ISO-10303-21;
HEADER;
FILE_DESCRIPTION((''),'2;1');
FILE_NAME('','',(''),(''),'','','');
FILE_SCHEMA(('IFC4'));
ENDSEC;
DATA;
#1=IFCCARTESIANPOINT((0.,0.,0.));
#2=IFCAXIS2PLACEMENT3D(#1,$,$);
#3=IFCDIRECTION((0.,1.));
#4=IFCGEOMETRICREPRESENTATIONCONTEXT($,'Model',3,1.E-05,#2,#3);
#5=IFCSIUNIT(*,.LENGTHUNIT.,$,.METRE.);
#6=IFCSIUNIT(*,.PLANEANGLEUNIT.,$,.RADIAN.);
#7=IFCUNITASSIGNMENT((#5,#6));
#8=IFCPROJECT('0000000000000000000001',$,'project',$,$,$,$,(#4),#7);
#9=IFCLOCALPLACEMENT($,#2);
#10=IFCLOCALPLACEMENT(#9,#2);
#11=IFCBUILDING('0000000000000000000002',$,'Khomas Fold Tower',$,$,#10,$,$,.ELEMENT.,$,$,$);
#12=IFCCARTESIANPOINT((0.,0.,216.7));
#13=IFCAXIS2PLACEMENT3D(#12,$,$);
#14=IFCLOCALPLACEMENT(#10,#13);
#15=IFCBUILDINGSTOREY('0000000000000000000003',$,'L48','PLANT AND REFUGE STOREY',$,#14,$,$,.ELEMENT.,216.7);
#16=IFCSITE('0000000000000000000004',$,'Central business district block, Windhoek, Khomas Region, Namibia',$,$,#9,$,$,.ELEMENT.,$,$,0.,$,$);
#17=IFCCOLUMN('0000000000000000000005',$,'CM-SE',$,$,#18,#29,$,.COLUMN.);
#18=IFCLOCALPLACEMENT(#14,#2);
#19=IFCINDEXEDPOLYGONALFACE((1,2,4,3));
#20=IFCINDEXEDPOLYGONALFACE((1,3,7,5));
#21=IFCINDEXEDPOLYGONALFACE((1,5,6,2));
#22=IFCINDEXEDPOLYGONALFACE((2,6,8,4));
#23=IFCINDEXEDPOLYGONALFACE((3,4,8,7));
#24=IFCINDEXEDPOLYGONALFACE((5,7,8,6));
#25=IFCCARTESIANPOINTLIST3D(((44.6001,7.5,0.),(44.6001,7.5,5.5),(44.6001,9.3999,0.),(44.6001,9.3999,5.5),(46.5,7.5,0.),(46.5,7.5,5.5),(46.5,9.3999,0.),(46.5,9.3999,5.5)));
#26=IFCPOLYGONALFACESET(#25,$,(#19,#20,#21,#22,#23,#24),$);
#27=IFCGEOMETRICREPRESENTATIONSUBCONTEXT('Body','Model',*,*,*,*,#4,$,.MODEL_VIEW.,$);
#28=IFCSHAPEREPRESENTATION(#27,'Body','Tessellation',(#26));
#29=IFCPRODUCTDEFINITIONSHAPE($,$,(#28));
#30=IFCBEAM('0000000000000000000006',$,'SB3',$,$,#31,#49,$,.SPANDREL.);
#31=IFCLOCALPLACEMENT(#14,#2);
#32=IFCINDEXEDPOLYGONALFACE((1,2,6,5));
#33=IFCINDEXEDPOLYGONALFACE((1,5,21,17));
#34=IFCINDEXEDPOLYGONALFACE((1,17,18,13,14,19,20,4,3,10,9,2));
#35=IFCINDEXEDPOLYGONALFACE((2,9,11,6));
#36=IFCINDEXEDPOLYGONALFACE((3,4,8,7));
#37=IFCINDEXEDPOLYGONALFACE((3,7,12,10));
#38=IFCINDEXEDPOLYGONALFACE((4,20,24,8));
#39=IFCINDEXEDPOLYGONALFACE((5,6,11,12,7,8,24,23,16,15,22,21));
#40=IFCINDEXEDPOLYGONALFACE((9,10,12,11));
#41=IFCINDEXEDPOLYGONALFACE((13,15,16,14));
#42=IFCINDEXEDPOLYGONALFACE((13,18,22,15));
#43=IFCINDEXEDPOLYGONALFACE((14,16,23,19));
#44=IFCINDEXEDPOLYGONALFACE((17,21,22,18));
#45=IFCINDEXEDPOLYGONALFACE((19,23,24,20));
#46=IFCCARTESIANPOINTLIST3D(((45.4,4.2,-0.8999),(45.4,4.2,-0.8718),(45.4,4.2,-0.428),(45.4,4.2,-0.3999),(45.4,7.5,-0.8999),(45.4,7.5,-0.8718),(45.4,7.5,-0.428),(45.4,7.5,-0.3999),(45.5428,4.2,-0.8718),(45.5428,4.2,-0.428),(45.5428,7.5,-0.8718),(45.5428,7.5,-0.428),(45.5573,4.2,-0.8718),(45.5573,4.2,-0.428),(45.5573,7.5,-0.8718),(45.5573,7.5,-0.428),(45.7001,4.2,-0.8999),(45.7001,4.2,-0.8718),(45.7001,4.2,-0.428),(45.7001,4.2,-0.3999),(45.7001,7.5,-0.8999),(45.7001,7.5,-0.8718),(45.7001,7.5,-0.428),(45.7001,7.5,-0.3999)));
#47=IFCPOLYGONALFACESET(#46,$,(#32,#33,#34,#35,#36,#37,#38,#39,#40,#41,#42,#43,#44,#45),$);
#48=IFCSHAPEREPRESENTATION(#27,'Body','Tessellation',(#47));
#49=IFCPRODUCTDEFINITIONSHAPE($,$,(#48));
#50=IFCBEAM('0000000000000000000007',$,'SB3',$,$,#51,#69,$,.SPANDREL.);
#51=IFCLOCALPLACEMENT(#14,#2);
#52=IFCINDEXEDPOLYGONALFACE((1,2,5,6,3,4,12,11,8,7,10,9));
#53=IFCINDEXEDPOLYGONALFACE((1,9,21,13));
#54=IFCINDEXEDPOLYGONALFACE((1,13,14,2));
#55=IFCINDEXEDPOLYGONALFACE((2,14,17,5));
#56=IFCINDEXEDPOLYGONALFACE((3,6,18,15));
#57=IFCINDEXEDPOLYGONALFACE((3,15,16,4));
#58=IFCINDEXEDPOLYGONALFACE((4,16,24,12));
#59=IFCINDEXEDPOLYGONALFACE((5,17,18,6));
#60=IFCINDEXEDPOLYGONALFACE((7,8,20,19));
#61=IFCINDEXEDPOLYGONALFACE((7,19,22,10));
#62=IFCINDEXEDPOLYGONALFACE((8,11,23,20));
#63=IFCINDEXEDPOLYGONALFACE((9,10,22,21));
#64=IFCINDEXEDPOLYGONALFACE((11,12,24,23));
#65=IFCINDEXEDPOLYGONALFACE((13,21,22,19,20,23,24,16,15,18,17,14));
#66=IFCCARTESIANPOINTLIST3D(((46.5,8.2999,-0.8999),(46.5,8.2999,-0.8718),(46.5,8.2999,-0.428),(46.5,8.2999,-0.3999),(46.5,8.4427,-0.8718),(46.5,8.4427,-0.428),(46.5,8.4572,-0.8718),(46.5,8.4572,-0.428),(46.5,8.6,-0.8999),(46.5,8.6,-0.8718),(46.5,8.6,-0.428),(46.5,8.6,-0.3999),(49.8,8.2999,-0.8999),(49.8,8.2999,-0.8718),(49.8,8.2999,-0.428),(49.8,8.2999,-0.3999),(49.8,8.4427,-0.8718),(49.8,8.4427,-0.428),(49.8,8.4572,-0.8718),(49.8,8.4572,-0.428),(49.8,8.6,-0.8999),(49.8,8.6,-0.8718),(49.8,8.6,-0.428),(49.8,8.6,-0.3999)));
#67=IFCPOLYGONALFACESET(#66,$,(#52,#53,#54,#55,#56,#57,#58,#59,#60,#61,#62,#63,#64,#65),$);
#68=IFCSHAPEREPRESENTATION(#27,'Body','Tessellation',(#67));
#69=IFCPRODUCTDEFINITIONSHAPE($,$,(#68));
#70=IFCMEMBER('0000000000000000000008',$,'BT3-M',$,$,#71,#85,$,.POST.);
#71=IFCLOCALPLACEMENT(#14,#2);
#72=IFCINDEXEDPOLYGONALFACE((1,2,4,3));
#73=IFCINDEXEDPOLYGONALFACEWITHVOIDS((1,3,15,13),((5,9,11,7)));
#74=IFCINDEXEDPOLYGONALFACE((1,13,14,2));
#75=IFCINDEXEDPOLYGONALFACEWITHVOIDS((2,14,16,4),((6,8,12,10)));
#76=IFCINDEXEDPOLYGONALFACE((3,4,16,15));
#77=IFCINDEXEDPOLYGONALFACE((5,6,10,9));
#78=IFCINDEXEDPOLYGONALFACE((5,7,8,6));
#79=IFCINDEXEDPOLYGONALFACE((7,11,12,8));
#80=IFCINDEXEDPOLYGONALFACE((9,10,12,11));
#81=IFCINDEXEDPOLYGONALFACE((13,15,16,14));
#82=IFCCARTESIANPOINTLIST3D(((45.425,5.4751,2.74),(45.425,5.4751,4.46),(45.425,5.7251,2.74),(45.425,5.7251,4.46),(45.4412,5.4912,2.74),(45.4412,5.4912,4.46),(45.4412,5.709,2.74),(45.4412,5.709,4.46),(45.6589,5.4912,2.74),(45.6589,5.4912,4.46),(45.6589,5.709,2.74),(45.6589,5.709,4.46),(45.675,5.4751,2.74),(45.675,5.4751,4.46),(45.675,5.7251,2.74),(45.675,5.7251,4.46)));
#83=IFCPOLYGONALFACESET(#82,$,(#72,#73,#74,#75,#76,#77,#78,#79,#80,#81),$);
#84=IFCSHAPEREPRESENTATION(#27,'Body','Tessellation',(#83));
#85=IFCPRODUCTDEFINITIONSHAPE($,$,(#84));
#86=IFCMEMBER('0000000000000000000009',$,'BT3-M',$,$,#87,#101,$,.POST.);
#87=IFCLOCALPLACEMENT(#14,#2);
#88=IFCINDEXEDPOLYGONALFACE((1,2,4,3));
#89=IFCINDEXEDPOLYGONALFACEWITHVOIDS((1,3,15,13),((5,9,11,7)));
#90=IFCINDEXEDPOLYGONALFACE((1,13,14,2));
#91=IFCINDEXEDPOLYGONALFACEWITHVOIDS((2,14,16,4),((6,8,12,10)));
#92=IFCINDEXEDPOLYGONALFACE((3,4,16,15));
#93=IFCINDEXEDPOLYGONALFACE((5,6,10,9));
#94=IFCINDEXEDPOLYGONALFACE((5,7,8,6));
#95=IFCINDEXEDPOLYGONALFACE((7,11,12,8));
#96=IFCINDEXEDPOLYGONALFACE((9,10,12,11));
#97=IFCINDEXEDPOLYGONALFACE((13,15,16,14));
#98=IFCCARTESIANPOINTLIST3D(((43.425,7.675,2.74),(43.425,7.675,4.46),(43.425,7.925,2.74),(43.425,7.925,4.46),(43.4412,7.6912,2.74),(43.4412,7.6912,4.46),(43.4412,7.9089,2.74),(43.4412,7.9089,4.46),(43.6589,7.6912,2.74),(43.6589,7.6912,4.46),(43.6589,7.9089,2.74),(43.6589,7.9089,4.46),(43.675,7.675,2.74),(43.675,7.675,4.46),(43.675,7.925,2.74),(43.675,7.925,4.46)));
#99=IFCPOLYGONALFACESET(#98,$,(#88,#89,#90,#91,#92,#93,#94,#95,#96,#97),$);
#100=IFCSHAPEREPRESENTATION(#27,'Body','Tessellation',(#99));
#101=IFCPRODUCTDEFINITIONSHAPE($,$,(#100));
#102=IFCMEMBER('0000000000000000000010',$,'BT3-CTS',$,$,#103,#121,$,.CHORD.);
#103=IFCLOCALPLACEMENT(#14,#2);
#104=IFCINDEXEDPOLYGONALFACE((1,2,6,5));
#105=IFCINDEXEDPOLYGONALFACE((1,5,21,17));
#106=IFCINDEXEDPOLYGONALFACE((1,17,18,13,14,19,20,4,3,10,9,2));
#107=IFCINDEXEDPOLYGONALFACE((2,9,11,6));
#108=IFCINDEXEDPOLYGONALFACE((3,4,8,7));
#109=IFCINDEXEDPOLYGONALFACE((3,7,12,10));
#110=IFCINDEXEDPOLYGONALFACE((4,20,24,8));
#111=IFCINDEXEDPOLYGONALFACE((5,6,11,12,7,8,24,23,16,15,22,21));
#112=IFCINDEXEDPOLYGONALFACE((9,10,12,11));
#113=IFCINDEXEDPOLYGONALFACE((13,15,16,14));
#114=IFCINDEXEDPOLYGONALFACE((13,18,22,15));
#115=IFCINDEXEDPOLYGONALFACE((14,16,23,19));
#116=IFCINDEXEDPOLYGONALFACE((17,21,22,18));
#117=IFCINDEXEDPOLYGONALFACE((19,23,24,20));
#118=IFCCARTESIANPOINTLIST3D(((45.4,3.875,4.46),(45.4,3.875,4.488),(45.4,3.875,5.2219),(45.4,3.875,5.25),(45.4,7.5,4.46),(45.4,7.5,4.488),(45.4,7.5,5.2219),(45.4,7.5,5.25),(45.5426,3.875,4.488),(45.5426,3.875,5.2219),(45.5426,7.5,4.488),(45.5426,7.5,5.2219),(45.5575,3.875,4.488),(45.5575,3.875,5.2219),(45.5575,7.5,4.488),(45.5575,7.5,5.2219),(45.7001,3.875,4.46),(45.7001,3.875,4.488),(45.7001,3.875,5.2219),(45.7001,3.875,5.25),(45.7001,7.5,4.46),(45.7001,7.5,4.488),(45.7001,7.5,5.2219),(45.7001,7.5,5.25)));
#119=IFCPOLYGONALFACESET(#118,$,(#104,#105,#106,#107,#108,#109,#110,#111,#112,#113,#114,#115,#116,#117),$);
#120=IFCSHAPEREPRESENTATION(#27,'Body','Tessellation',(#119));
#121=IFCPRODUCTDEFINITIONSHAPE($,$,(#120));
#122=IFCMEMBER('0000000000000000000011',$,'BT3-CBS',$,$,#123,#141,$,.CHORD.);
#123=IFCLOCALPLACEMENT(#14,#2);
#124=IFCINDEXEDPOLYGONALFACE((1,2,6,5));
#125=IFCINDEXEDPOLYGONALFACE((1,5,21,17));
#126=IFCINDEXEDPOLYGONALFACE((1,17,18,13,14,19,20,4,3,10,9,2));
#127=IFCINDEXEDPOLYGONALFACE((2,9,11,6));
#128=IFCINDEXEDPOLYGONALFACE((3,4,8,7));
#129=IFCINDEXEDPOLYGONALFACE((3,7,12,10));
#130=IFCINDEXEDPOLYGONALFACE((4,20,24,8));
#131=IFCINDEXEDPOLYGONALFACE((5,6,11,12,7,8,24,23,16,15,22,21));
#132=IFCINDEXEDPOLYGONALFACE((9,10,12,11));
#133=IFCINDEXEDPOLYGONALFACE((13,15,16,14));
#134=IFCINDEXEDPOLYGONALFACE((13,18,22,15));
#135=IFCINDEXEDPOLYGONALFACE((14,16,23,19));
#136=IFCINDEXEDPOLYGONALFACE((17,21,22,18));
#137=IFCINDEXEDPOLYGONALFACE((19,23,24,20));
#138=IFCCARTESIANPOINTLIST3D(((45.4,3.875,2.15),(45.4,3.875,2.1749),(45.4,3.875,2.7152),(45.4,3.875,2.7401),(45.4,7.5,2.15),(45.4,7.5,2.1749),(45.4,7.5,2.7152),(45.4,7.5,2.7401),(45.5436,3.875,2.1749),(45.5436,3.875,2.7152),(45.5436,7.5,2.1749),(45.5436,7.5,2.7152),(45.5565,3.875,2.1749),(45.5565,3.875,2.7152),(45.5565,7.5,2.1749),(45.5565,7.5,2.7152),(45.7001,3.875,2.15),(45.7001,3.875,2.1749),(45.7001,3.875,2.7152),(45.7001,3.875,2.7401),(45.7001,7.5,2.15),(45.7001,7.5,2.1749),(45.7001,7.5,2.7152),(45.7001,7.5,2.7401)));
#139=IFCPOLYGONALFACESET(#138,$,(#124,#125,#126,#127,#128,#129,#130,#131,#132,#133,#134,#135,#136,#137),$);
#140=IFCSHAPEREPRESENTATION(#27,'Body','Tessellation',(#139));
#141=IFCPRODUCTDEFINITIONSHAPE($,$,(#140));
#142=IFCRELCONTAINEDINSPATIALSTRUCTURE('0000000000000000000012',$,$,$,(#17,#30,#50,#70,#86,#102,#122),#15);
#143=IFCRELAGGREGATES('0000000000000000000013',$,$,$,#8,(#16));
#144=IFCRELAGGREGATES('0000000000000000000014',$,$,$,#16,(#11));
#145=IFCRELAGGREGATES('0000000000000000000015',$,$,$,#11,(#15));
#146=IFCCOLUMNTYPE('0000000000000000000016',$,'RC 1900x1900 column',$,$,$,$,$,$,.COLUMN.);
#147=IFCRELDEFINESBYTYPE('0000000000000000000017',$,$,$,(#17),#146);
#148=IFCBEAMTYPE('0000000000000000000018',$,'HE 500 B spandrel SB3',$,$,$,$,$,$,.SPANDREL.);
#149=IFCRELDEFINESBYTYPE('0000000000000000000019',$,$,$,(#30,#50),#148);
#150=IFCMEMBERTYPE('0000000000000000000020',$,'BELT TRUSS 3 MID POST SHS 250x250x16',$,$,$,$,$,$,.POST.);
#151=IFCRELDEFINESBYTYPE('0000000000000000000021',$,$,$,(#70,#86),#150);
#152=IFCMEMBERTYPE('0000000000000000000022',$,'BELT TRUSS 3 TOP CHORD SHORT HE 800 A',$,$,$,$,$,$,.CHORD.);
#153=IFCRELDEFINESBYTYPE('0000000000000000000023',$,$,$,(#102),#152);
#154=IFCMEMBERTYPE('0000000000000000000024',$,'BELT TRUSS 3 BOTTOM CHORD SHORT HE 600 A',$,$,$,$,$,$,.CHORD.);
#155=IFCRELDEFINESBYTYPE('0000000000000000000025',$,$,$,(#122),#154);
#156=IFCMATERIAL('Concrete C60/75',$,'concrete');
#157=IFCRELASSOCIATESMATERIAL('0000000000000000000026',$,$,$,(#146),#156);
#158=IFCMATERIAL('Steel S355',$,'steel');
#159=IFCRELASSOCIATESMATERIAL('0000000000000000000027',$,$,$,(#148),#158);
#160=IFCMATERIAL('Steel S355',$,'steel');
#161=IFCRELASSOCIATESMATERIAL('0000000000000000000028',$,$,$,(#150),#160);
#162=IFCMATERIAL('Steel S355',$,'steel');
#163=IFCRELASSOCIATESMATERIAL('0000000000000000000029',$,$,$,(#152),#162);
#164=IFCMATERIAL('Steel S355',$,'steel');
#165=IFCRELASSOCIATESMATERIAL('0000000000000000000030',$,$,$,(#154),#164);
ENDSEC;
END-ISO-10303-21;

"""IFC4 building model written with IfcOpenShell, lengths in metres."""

from ifc_helpers import new_model, si_unit, direction, frame, origin, origin_2d, place, context, subcontext, project, spatial, rectangle, hollow_rectangle, i_section, extrude, source, transform, mapped, material, material_profile, profile_set, type_object, element, save


model = new_model("IFC4")

# Units and contexts
model_context = context("Model", 3, precision=1e-05, world=origin(), true_north=direction((0.0, 1.0)))
body_context = subcontext(model_context, "Body", "Model", "MODEL_VIEW")
ifc_project = project(units=[si_unit("LENGTHUNIT", "METRE"), si_unit("PLANEANGLEUNIT", "RADIAN")], contexts=[model_context])

# Site, building, storey
site_placement = place(None, origin())
site = spatial("IfcSite", under=ifc_project, at=site_placement, Name="Central business district block, Windhoek, Khomas Region, Namibia", CompositionType="ELEMENT", RefElevation=0.0)
building_placement = place(site_placement, origin())
building = spatial("IfcBuilding", under=site, at=building_placement, Name="Khomas Fold Tower", CompositionType="ELEMENT")
storey_placement = place(building_placement, frame((0.0, 0.0, 216.7)))
storey = spatial("IfcBuildingStorey", under=building, at=storey_placement, Name="L48", Description="PLANT AND REFUGE STOREY", CompositionType="ELEMENT", Elevation=216.7)

# Column
ifc_material_1 = material(Name="Concrete C60/75", Category="concrete")
ifc_material_profile_1 = material_profile(ifc_material_1, rectangle(XDim=1.8999, YDim=1.8999, at=origin_2d()), Name="RC 1900x1900")
ifc_profile_set_1 = profile_set([ifc_material_profile_1], Name="Concrete C60/75")
column_type = type_object("IfcColumnType", Name="RC 1900x1900 column", PredefinedType="COLUMN", material=ifc_profile_set_1)
shared_shape_1 = source(origin(), body_context, "Body", "SweptSolid", [
    extrude(rectangle(XDim=1.8999, YDim=1.8999, at=origin_2d()), origin(), (0.0, 0.0, 1.0), 5.5),
])
column_placement = place(storey_placement, frame((45.55, 8.45, 0.0), z_axis=(0.0, 0.0, 1.0), x_axis=(1.0, 0.0, 0.0)))
element("IfcColumn", 1, at=column_placement, inside=storey, type_object=column_type, Name="CM-SE", PredefinedType="COLUMN", context=body_context, shape_type="MappedRepresentation", body=[
    mapped(shared_shape_1, transform((0.0, 0.0, 0.0))),
])

# Beams
ifc_material_2 = material(Name="Steel S355", Category="steel")
ifc_material_profile_2 = material_profile(ifc_material_2, i_section(OverallWidth=0.3, OverallDepth=0.5, WebThickness=0.0144, FlangeThickness=0.0281, at=origin_2d()), Name="HE 500 B")
ifc_profile_set_2 = profile_set([ifc_material_profile_2], Name="Steel S355")
beam_type_1 = type_object("IfcBeamType", Name="HE 500 B spandrel SB3", PredefinedType="SPANDREL", material=ifc_profile_set_2)
shared_shape_2 = source(origin(), body_context, "Body", "SweptSolid", [
    extrude(i_section(OverallWidth=0.3, OverallDepth=0.5, WebThickness=0.0144, FlangeThickness=0.0281, at=origin_2d()), origin(), (0.0, 0.0, 1.0), 3.3),
])
for number, where, z_axis, x_axis, name in (
    (2, (45.55, 4.2, -0.6499), (0.0, 1.0, 0.0), (-1.0, 0.0, 0.0), "SB3"),
    (3, (46.5, 8.45, -0.6499), (1.0, 0.0, 0.0), (0.0, 1.0, 0.0), "SB3"),
):
    element("IfcBeam", number, at=place(storey_placement, frame(where, z_axis=z_axis, x_axis=x_axis)), inside=storey, type_object=beam_type_1, Name=name, PredefinedType="SPANDREL", context=body_context, shape_type="MappedRepresentation", body=[
        mapped(shared_shape_2, transform((0.0, 0.0, 0.0))),
    ])

# Members
ifc_material_3 = material(Name="Steel S355", Category="steel")
ifc_material_profile_3 = material_profile(ifc_material_3, hollow_rectangle(XDim=0.25, YDim=0.25, WallThickness=0.0161, at=origin_2d()), Name="SHS 250x250x16")
ifc_profile_set_3 = profile_set([ifc_material_profile_3], Name="Steel S355")
member_type_1 = type_object("IfcMemberType", Name="BELT TRUSS 3 MID POST SHS 250x250x16", PredefinedType="POST", material=ifc_profile_set_3)
shared_shape_3 = source(origin(), body_context, "Body", "SweptSolid", [
    extrude(hollow_rectangle(XDim=0.25, YDim=0.25, WallThickness=0.0161, at=origin_2d()), origin(), (0.0, 0.0, 1.0), 1.72),
])
for number, where, z_axis, x_axis, name in (
    (4, (45.55, 5.6001, 2.74), (0.0, 0.0, 1.0), (1.0, 0.0, 0.0), "BT3-M"),
    (5, (43.55, 7.8, 2.74), (0.0, 0.0, 1.0), (1.0, 0.0, 0.0), "BT3-M"),
):
    element("IfcMember", number, at=place(storey_placement, frame(where, z_axis=z_axis, x_axis=x_axis)), inside=storey, type_object=member_type_1, Name=name, PredefinedType="POST", context=body_context, shape_type="MappedRepresentation", body=[
        mapped(shared_shape_3, transform((0.0, 0.0, 0.0))),
    ])
ifc_material_4 = material(Name="Steel S355", Category="steel")
ifc_material_profile_4 = material_profile(ifc_material_4, i_section(OverallWidth=0.3, OverallDepth=0.79, WebThickness=0.0149, FlangeThickness=0.0281, at=origin_2d()), Name="HE 800 A")
ifc_profile_set_4 = profile_set([ifc_material_profile_4], Name="Steel S355")
member_type_2 = type_object("IfcMemberType", Name="BELT TRUSS 3 TOP CHORD SHORT HE 800 A", PredefinedType="CHORD", material=ifc_profile_set_4)
shared_shape_4 = source(origin(), body_context, "Body", "SweptSolid", [
    extrude(i_section(OverallWidth=0.3, OverallDepth=0.79, WebThickness=0.0149, FlangeThickness=0.0281, at=origin_2d()), origin(), (0.0, 0.0, 1.0), 3.625),
])
member_1_placement = place(storey_placement, frame((45.55, 3.875, 4.855), z_axis=(0.0, 1.0, 0.0), x_axis=(-1.0, 0.0, 0.0)))
element("IfcMember", 6, at=member_1_placement, inside=storey, type_object=member_type_2, Name="BT3-CTS", PredefinedType="CHORD", context=body_context, shape_type="MappedRepresentation", body=[
    mapped(shared_shape_4, transform((0.0, 0.0, 0.0))),
])
ifc_material_5 = material(Name="Steel S355", Category="steel")
ifc_material_profile_5 = material_profile(ifc_material_5, i_section(OverallWidth=0.3, OverallDepth=0.5901, WebThickness=0.0129, FlangeThickness=0.0249, at=origin_2d()), Name="HE 600 A")
ifc_profile_set_5 = profile_set([ifc_material_profile_5], Name="Steel S355")
member_type_3 = type_object("IfcMemberType", Name="BELT TRUSS 3 BOTTOM CHORD SHORT HE 600 A", PredefinedType="CHORD", material=ifc_profile_set_5)
shared_shape_5 = source(origin(), body_context, "Body", "SweptSolid", [
    extrude(i_section(OverallWidth=0.3, OverallDepth=0.5901, WebThickness=0.0129, FlangeThickness=0.0249, at=origin_2d()), origin(), (0.0, 0.0, 1.0), 3.625),
])
member_2_placement = place(storey_placement, frame((45.55, 3.875, 2.4451), z_axis=(0.0, 1.0, 0.0), x_axis=(-1.0, 0.0, 0.0)))
element("IfcMember", 7, at=member_2_placement, inside=storey, type_object=member_type_3, Name="BT3-CBS", PredefinedType="CHORD", context=body_context, shape_type="MappedRepresentation", body=[
    mapped(shared_shape_5, transform((0.0, 0.0, 0.0))),
])

save(model, "model.ifc")
